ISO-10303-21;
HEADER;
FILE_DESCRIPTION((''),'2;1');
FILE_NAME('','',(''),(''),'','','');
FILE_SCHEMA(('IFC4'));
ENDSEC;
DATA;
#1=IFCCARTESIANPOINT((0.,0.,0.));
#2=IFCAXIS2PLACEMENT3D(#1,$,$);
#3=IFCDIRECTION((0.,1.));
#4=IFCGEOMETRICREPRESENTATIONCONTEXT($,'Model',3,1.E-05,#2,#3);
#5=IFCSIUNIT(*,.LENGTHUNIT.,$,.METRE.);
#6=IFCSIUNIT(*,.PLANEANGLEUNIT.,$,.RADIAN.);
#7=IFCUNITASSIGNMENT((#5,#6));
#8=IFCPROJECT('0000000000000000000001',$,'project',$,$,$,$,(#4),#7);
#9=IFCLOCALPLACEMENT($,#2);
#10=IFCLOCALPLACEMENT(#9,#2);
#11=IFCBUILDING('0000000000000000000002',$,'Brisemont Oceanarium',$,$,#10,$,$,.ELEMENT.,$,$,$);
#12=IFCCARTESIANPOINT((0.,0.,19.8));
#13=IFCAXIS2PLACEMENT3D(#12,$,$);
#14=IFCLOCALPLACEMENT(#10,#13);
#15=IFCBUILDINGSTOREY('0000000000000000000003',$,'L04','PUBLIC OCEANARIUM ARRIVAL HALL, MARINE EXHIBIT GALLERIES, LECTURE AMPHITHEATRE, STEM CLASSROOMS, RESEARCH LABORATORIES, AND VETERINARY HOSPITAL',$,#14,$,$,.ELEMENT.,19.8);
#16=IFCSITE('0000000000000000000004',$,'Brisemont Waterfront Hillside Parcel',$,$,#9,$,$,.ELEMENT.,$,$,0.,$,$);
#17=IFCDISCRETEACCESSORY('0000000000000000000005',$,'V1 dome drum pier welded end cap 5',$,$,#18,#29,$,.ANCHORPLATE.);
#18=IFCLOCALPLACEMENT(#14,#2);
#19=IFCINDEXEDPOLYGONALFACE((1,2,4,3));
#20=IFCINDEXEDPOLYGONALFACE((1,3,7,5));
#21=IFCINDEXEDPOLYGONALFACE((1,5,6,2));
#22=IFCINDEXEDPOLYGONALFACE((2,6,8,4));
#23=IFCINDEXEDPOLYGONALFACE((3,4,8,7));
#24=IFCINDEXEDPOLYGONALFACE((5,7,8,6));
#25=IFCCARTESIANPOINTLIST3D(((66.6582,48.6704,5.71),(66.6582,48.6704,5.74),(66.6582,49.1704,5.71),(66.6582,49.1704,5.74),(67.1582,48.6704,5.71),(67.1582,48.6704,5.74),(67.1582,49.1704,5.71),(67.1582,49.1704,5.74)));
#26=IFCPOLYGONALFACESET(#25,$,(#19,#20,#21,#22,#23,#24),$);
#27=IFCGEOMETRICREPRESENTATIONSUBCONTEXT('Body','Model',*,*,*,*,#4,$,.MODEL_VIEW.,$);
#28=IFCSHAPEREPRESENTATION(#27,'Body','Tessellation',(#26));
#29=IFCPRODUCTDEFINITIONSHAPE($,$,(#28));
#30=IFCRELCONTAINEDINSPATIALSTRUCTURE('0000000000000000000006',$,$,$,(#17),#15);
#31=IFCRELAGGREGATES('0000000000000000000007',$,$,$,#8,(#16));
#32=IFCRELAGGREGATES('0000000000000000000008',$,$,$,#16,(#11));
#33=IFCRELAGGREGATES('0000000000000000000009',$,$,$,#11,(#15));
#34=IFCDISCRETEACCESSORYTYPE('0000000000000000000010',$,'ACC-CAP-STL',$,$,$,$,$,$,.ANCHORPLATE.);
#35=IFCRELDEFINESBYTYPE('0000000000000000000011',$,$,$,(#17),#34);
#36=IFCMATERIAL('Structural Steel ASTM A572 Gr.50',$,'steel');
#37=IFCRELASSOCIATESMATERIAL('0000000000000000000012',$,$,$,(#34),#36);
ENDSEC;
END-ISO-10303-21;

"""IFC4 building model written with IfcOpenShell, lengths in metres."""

from ifc_helpers import new_model, si_unit, direction, frame, origin, origin_2d, place, context, subcontext, project, spatial, rectangle, extrude, material, type_object, element, save


model = new_model("IFC4")

# Units and contexts
model_context = context("Model", 3, precision=1e-05, world=origin(), true_north=direction((0.0, 1.0)))
body_context = subcontext(model_context, "Body", "Model", "MODEL_VIEW")
ifc_project = project(units=[si_unit("LENGTHUNIT", "METRE"), si_unit("PLANEANGLEUNIT", "RADIAN")], contexts=[model_context])

# Site, building, storey
site_placement = place(None, origin())
site = spatial("IfcSite", under=ifc_project, at=site_placement, Name="Brisemont Waterfront Hillside Parcel", CompositionType="ELEMENT", RefElevation=0.0)
building_placement = place(site_placement, origin())
building = spatial("IfcBuilding", under=site, at=building_placement, Name="Brisemont Oceanarium", CompositionType="ELEMENT")
storey_placement = place(building_placement, frame((0.0, 0.0, 19.8)))
storey = spatial("IfcBuildingStorey", under=building, at=storey_placement, Name="L04", Description="PUBLIC OCEANARIUM ARRIVAL HALL, MARINE EXHIBIT GALLERIES, LECTURE AMPHITHEATRE, STEM CLASSROOMS, RESEARCH LABORATORIES, AND VETERINARY HOSPITAL", CompositionType="ELEMENT", Elevation=19.8)

# Discrete accessory
ifc_material_1 = material(Name="Structural Steel ASTM A572 Gr.50", Category="steel")
discrete_accessory_type = type_object("IfcDiscreteAccessoryType", Name="ACC-CAP-STL", PredefinedType="ANCHORPLATE", material=ifc_material_1)
discrete_accessory_placement = place(storey_placement, frame((66.9082, 48.9204, 5.71), z_axis=(0.0, 0.0, 1.0), x_axis=(1.0, 0.0, 0.0)))
element("IfcDiscreteAccessory", 1, at=discrete_accessory_placement, inside=storey, type_object=discrete_accessory_type, Name="V1 dome drum pier welded end cap 5", PredefinedType="ANCHORPLATE", context=body_context, shape_type="SweptSolid", body=[
    extrude(rectangle(XDim=0.5, YDim=0.5, at=origin_2d()), origin(), (0.0, 0.0, 1.0), 0.03),
])

save(model, "model.ifc")
